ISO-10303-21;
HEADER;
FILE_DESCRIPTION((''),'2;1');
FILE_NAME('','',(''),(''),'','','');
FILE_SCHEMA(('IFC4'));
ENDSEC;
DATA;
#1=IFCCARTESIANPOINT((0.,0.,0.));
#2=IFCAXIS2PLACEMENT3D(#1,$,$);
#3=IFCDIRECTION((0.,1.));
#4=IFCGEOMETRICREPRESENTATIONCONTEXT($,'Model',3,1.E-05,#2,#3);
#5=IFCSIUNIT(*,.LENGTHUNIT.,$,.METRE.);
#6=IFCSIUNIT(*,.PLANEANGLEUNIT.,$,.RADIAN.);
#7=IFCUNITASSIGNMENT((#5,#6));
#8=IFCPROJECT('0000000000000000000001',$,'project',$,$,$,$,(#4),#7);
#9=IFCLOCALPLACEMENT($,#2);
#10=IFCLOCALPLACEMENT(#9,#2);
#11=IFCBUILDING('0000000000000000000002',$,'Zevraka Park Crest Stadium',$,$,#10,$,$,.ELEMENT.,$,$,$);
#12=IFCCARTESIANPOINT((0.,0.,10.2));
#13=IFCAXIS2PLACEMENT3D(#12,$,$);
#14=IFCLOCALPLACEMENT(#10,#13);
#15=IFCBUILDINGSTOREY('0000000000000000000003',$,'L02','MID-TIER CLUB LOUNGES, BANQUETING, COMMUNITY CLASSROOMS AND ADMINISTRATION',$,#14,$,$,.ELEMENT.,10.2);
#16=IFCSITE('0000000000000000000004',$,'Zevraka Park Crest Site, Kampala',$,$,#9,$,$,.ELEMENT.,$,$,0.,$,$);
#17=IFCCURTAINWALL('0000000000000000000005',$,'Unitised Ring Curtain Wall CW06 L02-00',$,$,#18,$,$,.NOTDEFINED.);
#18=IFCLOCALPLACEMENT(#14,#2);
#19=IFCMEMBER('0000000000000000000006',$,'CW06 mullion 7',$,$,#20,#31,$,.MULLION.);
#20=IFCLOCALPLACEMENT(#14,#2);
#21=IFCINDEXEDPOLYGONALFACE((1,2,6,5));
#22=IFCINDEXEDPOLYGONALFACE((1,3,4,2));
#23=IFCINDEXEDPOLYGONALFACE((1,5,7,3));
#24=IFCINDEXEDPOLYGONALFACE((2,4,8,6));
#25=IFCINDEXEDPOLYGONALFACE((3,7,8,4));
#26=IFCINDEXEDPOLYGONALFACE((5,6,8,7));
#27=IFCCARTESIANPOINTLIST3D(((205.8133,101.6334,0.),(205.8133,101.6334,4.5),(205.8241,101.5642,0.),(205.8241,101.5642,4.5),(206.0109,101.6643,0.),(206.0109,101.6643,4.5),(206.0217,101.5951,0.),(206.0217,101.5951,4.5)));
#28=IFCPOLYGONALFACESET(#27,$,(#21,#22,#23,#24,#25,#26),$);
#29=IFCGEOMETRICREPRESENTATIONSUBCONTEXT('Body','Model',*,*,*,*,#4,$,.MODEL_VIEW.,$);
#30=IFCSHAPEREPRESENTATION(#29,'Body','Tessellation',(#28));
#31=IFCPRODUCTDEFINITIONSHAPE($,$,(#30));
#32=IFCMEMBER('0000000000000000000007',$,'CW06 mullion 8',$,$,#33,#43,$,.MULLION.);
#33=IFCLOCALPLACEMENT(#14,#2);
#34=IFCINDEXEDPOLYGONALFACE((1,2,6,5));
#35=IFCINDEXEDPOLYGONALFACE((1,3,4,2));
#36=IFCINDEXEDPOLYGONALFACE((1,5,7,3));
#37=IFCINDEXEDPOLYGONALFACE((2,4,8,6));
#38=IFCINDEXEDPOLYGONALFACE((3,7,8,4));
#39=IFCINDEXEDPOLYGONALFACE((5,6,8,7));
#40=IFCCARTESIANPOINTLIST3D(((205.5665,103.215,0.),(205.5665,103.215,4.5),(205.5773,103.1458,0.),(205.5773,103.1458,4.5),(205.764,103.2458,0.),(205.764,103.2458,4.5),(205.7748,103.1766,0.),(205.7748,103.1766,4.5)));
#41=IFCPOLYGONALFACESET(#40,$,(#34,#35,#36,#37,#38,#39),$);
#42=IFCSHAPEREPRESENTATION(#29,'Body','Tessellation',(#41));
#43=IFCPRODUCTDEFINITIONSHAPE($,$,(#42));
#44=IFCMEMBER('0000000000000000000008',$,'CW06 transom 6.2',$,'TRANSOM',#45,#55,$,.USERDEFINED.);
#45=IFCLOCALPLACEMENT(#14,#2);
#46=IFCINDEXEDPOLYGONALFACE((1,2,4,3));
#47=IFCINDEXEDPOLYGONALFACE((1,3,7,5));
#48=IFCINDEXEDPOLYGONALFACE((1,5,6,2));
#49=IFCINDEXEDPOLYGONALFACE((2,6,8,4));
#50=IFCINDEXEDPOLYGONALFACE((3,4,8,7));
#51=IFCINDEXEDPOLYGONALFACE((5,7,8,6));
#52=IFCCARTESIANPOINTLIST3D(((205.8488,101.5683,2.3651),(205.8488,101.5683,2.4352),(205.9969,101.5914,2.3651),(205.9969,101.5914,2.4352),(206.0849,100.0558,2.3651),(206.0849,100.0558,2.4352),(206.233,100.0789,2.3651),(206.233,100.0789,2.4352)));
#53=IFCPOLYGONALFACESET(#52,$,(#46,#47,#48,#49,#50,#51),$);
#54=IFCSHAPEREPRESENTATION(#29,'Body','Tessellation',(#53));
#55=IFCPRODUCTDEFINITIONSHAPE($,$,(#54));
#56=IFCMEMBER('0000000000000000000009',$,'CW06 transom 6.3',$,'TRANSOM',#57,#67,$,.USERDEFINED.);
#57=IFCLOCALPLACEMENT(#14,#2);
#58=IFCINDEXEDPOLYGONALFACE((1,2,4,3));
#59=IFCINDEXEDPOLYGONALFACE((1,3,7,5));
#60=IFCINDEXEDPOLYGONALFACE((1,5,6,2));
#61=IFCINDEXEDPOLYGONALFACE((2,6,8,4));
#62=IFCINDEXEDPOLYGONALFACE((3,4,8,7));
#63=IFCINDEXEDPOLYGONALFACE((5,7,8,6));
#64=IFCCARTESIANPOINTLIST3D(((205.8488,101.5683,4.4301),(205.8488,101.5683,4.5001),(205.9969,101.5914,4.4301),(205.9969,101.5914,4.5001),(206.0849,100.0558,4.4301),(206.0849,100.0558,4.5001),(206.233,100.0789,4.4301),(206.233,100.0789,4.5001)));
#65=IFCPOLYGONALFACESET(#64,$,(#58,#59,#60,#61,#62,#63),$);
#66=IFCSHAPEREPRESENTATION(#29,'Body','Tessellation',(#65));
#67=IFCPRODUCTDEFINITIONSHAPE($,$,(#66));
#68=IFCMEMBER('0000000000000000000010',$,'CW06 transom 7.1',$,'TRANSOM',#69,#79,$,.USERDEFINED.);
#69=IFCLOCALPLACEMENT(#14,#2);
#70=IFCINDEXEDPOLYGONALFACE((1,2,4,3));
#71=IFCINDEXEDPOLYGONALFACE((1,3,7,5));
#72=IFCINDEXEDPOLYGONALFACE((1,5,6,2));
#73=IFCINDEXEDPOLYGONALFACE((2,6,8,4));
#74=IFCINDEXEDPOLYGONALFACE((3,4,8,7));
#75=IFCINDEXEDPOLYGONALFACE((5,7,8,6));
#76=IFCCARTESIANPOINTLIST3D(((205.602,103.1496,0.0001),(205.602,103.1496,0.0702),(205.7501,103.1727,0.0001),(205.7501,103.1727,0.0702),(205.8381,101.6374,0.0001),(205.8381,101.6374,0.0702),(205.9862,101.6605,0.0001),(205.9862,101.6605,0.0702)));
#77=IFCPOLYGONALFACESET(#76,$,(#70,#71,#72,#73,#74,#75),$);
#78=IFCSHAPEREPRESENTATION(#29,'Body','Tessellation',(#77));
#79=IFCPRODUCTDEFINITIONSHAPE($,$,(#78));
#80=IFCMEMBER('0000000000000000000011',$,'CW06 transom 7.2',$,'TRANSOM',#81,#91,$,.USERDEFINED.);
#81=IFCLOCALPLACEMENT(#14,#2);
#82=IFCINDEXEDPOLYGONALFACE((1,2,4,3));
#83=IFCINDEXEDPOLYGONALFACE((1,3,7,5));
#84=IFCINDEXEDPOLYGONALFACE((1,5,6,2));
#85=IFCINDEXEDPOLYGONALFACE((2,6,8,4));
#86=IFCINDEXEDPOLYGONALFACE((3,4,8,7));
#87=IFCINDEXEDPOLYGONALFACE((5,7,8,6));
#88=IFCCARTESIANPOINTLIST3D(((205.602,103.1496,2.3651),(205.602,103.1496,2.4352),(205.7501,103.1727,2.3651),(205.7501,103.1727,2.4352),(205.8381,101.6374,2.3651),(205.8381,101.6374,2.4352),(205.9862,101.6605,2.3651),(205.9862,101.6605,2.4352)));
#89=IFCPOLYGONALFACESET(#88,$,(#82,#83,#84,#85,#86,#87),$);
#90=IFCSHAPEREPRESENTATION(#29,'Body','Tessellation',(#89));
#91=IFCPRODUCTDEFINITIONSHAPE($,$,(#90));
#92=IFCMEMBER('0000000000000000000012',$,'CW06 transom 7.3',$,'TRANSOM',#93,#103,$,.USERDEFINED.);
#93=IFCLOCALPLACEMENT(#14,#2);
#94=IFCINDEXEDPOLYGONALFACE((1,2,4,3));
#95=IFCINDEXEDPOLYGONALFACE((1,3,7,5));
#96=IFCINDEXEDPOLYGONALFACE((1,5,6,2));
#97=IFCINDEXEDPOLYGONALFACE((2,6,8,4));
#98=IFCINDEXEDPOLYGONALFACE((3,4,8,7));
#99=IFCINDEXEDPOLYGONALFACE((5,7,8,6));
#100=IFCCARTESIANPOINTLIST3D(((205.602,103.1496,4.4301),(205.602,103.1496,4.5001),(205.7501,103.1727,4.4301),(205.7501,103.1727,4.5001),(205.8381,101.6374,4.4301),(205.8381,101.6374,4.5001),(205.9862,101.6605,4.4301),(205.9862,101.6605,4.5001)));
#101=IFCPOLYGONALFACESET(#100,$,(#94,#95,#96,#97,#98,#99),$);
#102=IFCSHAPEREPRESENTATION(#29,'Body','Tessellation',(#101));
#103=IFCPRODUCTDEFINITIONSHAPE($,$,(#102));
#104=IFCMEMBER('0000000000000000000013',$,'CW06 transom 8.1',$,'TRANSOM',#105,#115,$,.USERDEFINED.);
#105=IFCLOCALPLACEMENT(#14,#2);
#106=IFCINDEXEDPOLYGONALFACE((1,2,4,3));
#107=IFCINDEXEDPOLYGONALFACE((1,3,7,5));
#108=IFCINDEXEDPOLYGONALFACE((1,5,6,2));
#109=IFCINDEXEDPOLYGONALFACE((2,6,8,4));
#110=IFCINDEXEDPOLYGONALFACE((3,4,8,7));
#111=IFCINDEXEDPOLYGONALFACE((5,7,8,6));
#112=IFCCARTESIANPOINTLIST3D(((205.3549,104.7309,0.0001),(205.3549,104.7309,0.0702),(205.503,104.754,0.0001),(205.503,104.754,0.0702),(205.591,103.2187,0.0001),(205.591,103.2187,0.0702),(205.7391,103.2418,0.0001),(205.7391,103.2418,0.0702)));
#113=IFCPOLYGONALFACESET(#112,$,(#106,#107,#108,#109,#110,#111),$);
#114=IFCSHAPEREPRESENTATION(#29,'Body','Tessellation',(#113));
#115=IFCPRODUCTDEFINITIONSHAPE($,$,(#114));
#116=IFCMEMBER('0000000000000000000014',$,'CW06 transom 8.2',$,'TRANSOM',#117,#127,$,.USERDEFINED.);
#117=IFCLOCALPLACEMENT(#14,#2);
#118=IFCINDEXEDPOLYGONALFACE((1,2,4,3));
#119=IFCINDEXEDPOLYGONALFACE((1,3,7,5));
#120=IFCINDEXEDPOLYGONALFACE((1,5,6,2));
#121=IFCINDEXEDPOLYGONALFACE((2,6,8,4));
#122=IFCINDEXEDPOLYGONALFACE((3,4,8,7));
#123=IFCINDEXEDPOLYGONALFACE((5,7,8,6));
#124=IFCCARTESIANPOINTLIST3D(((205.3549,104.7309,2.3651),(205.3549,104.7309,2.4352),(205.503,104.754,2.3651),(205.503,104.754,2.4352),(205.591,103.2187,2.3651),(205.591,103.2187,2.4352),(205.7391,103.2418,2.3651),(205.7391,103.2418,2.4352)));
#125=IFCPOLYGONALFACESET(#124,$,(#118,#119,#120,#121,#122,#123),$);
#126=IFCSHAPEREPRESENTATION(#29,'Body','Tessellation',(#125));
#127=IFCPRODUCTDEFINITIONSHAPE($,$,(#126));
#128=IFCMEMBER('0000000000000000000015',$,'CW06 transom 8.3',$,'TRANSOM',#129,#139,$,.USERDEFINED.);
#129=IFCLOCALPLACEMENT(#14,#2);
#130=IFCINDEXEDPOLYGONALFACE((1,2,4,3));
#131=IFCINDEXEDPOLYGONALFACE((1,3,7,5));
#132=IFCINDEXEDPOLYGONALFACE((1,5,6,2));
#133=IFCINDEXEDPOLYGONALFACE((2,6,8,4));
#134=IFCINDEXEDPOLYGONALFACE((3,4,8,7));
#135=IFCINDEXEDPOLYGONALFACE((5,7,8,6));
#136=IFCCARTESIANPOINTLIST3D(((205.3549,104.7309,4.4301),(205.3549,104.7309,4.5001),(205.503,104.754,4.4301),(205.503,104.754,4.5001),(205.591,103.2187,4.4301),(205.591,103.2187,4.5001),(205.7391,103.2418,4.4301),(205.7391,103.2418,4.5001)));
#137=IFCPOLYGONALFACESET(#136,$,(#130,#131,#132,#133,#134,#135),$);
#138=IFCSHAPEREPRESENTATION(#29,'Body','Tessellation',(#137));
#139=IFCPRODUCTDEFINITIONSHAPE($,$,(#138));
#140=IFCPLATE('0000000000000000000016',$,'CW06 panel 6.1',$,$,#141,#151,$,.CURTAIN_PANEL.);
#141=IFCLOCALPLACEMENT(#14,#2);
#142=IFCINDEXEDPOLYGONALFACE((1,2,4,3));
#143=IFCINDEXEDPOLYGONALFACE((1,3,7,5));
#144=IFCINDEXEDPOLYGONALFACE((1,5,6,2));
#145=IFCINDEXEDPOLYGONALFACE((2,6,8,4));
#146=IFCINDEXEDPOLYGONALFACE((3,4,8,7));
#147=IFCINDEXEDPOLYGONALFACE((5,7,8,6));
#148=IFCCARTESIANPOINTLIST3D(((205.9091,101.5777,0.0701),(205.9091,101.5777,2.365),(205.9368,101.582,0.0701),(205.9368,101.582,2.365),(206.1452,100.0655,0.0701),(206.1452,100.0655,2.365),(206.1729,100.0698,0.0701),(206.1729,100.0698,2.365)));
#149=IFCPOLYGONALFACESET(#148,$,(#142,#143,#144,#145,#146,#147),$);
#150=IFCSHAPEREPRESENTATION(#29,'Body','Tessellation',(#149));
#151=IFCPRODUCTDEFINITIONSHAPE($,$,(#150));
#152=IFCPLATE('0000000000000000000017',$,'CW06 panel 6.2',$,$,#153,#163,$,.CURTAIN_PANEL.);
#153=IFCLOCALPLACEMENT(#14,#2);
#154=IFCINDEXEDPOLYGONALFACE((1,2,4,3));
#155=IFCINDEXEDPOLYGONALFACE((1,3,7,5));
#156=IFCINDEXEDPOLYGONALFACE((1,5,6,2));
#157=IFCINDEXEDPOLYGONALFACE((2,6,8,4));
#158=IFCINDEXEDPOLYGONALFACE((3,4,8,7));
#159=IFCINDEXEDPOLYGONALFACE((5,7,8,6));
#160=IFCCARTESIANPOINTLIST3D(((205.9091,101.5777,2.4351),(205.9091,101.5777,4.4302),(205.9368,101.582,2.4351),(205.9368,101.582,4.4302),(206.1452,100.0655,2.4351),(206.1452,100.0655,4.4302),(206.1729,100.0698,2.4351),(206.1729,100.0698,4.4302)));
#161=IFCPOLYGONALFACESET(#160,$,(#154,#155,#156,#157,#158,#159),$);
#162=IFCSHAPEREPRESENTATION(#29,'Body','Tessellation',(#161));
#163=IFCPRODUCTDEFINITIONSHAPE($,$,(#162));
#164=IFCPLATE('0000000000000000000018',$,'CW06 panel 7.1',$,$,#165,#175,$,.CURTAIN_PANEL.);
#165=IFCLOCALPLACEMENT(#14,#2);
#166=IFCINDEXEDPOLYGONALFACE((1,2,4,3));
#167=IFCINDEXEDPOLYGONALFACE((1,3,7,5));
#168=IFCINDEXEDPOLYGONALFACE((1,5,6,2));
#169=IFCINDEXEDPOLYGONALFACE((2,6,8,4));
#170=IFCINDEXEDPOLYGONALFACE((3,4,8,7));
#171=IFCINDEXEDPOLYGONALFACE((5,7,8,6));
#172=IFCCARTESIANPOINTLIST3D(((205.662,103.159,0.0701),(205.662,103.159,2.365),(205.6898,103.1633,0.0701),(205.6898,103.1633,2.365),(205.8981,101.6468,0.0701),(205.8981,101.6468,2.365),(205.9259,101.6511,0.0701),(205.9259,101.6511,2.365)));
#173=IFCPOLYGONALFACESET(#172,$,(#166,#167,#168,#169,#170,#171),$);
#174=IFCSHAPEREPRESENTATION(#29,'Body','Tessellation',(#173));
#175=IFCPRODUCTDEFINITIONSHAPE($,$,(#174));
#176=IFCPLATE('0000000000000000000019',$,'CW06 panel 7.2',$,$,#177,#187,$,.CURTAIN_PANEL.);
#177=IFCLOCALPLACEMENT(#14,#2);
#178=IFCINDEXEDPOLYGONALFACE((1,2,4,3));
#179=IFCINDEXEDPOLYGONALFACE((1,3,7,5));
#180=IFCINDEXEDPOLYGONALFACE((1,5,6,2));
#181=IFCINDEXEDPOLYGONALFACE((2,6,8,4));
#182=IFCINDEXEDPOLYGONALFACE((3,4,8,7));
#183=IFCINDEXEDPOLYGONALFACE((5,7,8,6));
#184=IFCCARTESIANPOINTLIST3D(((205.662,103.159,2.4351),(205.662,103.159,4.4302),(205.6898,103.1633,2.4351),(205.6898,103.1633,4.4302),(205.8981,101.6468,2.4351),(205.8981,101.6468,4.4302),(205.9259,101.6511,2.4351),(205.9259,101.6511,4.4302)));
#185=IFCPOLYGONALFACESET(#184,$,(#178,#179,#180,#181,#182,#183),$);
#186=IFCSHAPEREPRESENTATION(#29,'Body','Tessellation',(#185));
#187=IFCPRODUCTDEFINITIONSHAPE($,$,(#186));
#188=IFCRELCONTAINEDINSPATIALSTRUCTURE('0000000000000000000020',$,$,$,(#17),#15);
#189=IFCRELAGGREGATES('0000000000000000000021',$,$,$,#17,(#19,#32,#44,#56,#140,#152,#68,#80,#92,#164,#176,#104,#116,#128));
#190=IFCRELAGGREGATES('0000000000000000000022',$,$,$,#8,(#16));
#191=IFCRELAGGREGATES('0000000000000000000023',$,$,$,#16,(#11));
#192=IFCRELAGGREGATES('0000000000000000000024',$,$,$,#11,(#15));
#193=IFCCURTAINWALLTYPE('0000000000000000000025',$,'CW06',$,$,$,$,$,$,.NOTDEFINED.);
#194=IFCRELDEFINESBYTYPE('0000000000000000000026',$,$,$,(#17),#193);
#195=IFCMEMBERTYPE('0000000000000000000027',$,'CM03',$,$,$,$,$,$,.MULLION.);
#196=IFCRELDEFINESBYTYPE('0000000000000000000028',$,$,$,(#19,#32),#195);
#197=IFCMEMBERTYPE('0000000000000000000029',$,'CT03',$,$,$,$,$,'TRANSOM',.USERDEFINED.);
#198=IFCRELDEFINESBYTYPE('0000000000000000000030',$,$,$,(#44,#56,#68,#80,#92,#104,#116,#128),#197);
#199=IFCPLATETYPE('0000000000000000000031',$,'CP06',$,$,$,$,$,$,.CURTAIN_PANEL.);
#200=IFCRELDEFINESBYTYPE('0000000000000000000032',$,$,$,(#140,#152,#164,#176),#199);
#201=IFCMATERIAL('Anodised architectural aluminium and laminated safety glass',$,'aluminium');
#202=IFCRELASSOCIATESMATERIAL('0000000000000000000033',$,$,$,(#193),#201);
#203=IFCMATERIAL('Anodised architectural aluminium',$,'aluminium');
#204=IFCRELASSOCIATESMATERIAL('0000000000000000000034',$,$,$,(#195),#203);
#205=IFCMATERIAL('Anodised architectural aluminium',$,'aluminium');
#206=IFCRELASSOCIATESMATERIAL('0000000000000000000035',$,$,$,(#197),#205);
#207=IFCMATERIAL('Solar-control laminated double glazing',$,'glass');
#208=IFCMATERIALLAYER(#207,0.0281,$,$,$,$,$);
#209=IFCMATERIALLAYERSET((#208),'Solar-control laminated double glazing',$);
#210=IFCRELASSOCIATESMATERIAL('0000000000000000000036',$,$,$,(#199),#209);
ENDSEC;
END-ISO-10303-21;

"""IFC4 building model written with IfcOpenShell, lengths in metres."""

from ifc_helpers import new_model, si_unit, direction, frame, origin, origin_2d, place, context, subcontext, project, spatial, rectangle, extrude, material, layer, layer_set, material_profile, profile_set, type_object, element, aggregate, save


model = new_model("IFC4")

# Units and contexts
model_context = context("Model", 3, precision=1e-05, world=origin(), true_north=direction((0.0, 1.0)))
body_context = subcontext(model_context, "Body", "Model", "MODEL_VIEW")
ifc_project = project(units=[si_unit("LENGTHUNIT", "METRE"), si_unit("PLANEANGLEUNIT", "RADIAN")], contexts=[model_context])

# Site, building, storey
site_placement = place(None, origin())
site = spatial("IfcSite", under=ifc_project, at=site_placement, Name="Zevraka Park Crest Site, Kampala", CompositionType="ELEMENT", RefElevation=0.0)
building_placement = place(site_placement, origin())
building = spatial("IfcBuilding", under=site, at=building_placement, Name="Zevraka Park Crest Stadium", CompositionType="ELEMENT")
storey_placement = place(building_placement, frame((0.0, 0.0, 10.2)))
storey = spatial("IfcBuildingStorey", under=building, at=storey_placement, Name="L02", Description="MID-TIER CLUB LOUNGES, BANQUETING, COMMUNITY CLASSROOMS AND ADMINISTRATION", CompositionType="ELEMENT", Elevation=10.2)

# Curtain wall, members, plates
ifc_material_1 = material(Name="Anodised architectural aluminium and laminated safety glass", Category="aluminium")
curtain_wall_type = type_object("IfcCurtainWallType", Name="CW06", PredefinedType="NOTDEFINED", material=ifc_material_1)
curtain_wall_placement = place(storey_placement, origin())
curtain_wall = element("IfcCurtainWall", 1, at=curtain_wall_placement, inside=storey, type_object=curtain_wall_type, Name="Unitised Ring Curtain Wall CW06 L02-00", PredefinedType="NOTDEFINED")
ifc_material_2 = material(Name="Anodised architectural aluminium", Category="aluminium")
ifc_material_profile_1 = material_profile(ifc_material_2, rectangle(XDim=0.2, YDim=0.0701, at=origin_2d()), Name="ALU MULLION 200x70")
ifc_profile_set_1 = profile_set([ifc_material_profile_1], Name="Anodised architectural aluminium")
member_type_1 = type_object("IfcMemberType", Name="CM03", PredefinedType="MULLION", material=ifc_profile_set_1)
member_1_placement = place(storey_placement, frame((205.9175, 101.6143, 0.0), z_axis=(0.0, 0.0, 1.0), x_axis=(-0.988028, -0.154274, 0.0)))
member_1 = element("IfcMember", 2, at=member_1_placement, type_object=member_type_1, Name="CW06 mullion 7", PredefinedType="MULLION", context=body_context, shape_type="SweptSolid", body=[
    extrude(rectangle(XDim=0.2, YDim=0.0701, at=origin_2d()), origin(), (0.0, 0.0, 1.0), 4.5),
])
member_2_placement = place(storey_placement, frame((205.6707, 103.1958, 0.0), z_axis=(0.0, 0.0, 1.0), x_axis=(-0.988028, -0.154274, 0.0)))
member_2 = element("IfcMember", 3, at=member_2_placement, type_object=member_type_1, Name="CW06 mullion 8", PredefinedType="MULLION", context=body_context, shape_type="SweptSolid", body=[
    extrude(rectangle(XDim=0.2, YDim=0.0701, at=origin_2d()), origin(), (0.0, 0.0, 1.0), 4.5),
])
ifc_material_3 = material(Name="Anodised architectural aluminium", Category="aluminium")
ifc_material_profile_2 = material_profile(ifc_material_3, rectangle(XDim=0.1499, YDim=0.0701, at=origin_2d()), Name="ALU TRANSOM 150x70")
ifc_profile_set_2 = profile_set([ifc_material_profile_2], Name="Anodised architectural aluminium")
member_type_2 = type_object("IfcMemberType", Name="CT03", ElementType="TRANSOM", PredefinedType="USERDEFINED", material=ifc_profile_set_2)
member_3_placement = place(storey_placement, frame((206.1589, 100.0674, 2.4001), z_axis=(-0.154226, 0.988036, 0.0), x_axis=(-0.988036, -0.154226, 0.0)))
member_3 = element("IfcMember", 4, at=member_3_placement, type_object=member_type_2, Name="CW06 transom 6.2", ObjectType="TRANSOM", PredefinedType="USERDEFINED", context=body_context, shape_type="SweptSolid", body=[
    extrude(rectangle(XDim=0.1499, YDim=0.0701, at=origin_2d()), origin(), (0.0, 0.0, 1.0), 1.5308),
])
member_4_placement = place(storey_placement, frame((206.1589, 100.0674, 4.4651), z_axis=(-0.154226, 0.988036, 0.0), x_axis=(-0.988036, -0.154226, 0.0)))
member_4 = element("IfcMember", 5, at=member_4_placement, type_object=member_type_2, Name="CW06 transom 6.3", ObjectType="TRANSOM", PredefinedType="USERDEFINED", context=body_context, shape_type="SweptSolid", body=[
    extrude(rectangle(XDim=0.1499, YDim=0.0701, at=origin_2d()), origin(), (0.0, 0.0, 1.0), 1.5308),
])
member_5_placement = place(storey_placement, frame((205.9121, 101.6489, 0.0352), z_axis=(-0.15425, 0.988032, 0.0), x_axis=(-0.988032, -0.15425, 0.0)))
member_5 = element("IfcMember", 6, at=member_5_placement, type_object=member_type_2, Name="CW06 transom 7.1", ObjectType="TRANSOM", PredefinedType="USERDEFINED", context=body_context, shape_type="SweptSolid", body=[
    extrude(rectangle(XDim=0.1499, YDim=0.0701, at=origin_2d()), origin(), (0.0, 0.0, 1.0), 1.5305),
])
member_6_placement = place(storey_placement, frame((205.9121, 101.6489, 2.4001), z_axis=(-0.15425, 0.988032, 0.0), x_axis=(-0.988032, -0.15425, 0.0)))
member_6 = element("IfcMember", 7, at=member_6_placement, type_object=member_type_2, Name="CW06 transom 7.2", ObjectType="TRANSOM", PredefinedType="USERDEFINED", context=body_context, shape_type="SweptSolid", body=[
    extrude(rectangle(XDim=0.1499, YDim=0.0701, at=origin_2d()), origin(), (0.0, 0.0, 1.0), 1.5305),
])
member_7_placement = place(storey_placement, frame((205.9121, 101.6489, 4.4651), z_axis=(-0.15425, 0.988032, 0.0), x_axis=(-0.988032, -0.15425, 0.0)))
member_7 = element("IfcMember", 8, at=member_7_placement, type_object=member_type_2, Name="CW06 transom 7.3", ObjectType="TRANSOM", PredefinedType="USERDEFINED", context=body_context, shape_type="SweptSolid", body=[
    extrude(rectangle(XDim=0.1499, YDim=0.0701, at=origin_2d()), origin(), (0.0, 0.0, 1.0), 1.5305),
])
member_8_placement = place(storey_placement, frame((205.665, 103.2302, 0.0352), z_axis=(-0.15425, 0.988032, 0.0), x_axis=(-0.988032, -0.15425, 0.0)))
member_8 = element("IfcMember", 9, at=member_8_placement, type_object=member_type_2, Name="CW06 transom 8.1", ObjectType="TRANSOM", PredefinedType="USERDEFINED", context=body_context, shape_type="SweptSolid", body=[
    extrude(rectangle(XDim=0.1499, YDim=0.0701, at=origin_2d()), origin(), (0.0, 0.0, 1.0), 1.5305),
])
member_9_placement = place(storey_placement, frame((205.665, 103.2302, 2.4001), z_axis=(-0.15425, 0.988032, 0.0), x_axis=(-0.988032, -0.15425, 0.0)))
member_9 = element("IfcMember", 10, at=member_9_placement, type_object=member_type_2, Name="CW06 transom 8.2", ObjectType="TRANSOM", PredefinedType="USERDEFINED", context=body_context, shape_type="SweptSolid", body=[
    extrude(rectangle(XDim=0.1499, YDim=0.0701, at=origin_2d()), origin(), (0.0, 0.0, 1.0), 1.5305),
])
member_10_placement = place(storey_placement, frame((205.665, 103.2302, 4.4651), z_axis=(-0.15425, 0.988032, 0.0), x_axis=(-0.988032, -0.15425, 0.0)))
member_10 = element("IfcMember", 11, at=member_10_placement, type_object=member_type_2, Name="CW06 transom 8.3", ObjectType="TRANSOM", PredefinedType="USERDEFINED", context=body_context, shape_type="SweptSolid", body=[
    extrude(rectangle(XDim=0.1499, YDim=0.0701, at=origin_2d()), origin(), (0.0, 0.0, 1.0), 1.5305),
])
ifc_material_4 = material(Name="Solar-control laminated double glazing", Category="glass")
ifc_layer_1 = layer(ifc_material_4, 0.0281)
ifc_layer_set_1 = layer_set([ifc_layer_1], Name="Solar-control laminated double glazing")
plate_type = type_object("IfcPlateType", Name="CP06", PredefinedType="CURTAIN_PANEL", material=ifc_layer_set_1)
plate_1_placement = place(storey_placement, frame((206.041, 100.8237, 0.0701), z_axis=(0.0, 0.0, 1.0), x_axis=(-0.154274, 0.988028, 0.0)))
plate_1 = element("IfcPlate", 12, at=plate_1_placement, type_object=plate_type, Name="CW06 panel 6.1", PredefinedType="CURTAIN_PANEL", context=body_context, shape_type="SweptSolid", body=[
    extrude(rectangle(XDim=1.5305, YDim=0.0281, at=origin_2d()), origin(), (0.0, 0.0, 1.0), 2.2949),
])
plate_2_placement = place(storey_placement, frame((206.041, 100.8237, 2.4351), z_axis=(0.0, 0.0, 1.0), x_axis=(-0.154274, 0.988028, 0.0)))
plate_2 = element("IfcPlate", 13, at=plate_2_placement, type_object=plate_type, Name="CW06 panel 6.2", PredefinedType="CURTAIN_PANEL", context=body_context, shape_type="SweptSolid", body=[
    extrude(rectangle(XDim=1.5305, YDim=0.0281, at=origin_2d()), origin(), (0.0, 0.0, 1.0), 1.9951),
])
plate_3_placement = place(storey_placement, frame((205.7939, 102.405, 0.0701), z_axis=(0.0, 0.0, 1.0), x_axis=(-0.154274, 0.988028, 0.0)))
plate_3 = element("IfcPlate", 14, at=plate_3_placement, type_object=plate_type, Name="CW06 panel 7.1", PredefinedType="CURTAIN_PANEL", context=body_context, shape_type="SweptSolid", body=[
    extrude(rectangle(XDim=1.5305, YDim=0.0281, at=origin_2d()), origin(), (0.0, 0.0, 1.0), 2.2949),
])
plate_4_placement = place(storey_placement, frame((205.7939, 102.405, 2.4351), z_axis=(0.0, 0.0, 1.0), x_axis=(-0.154274, 0.988028, 0.0)))
plate_4 = element("IfcPlate", 15, at=plate_4_placement, type_object=plate_type, Name="CW06 panel 7.2", PredefinedType="CURTAIN_PANEL", context=body_context, shape_type="SweptSolid", body=[
    extrude(rectangle(XDim=1.5305, YDim=0.0281, at=origin_2d()), origin(), (0.0, 0.0, 1.0), 1.9951),
])
aggregate(curtain_wall, [member_1, member_2, member_3, member_4, plate_1, plate_2, member_5, member_6, member_7, plate_3, plate_4, member_8, member_9, member_10])

save(model, "model.ifc")
